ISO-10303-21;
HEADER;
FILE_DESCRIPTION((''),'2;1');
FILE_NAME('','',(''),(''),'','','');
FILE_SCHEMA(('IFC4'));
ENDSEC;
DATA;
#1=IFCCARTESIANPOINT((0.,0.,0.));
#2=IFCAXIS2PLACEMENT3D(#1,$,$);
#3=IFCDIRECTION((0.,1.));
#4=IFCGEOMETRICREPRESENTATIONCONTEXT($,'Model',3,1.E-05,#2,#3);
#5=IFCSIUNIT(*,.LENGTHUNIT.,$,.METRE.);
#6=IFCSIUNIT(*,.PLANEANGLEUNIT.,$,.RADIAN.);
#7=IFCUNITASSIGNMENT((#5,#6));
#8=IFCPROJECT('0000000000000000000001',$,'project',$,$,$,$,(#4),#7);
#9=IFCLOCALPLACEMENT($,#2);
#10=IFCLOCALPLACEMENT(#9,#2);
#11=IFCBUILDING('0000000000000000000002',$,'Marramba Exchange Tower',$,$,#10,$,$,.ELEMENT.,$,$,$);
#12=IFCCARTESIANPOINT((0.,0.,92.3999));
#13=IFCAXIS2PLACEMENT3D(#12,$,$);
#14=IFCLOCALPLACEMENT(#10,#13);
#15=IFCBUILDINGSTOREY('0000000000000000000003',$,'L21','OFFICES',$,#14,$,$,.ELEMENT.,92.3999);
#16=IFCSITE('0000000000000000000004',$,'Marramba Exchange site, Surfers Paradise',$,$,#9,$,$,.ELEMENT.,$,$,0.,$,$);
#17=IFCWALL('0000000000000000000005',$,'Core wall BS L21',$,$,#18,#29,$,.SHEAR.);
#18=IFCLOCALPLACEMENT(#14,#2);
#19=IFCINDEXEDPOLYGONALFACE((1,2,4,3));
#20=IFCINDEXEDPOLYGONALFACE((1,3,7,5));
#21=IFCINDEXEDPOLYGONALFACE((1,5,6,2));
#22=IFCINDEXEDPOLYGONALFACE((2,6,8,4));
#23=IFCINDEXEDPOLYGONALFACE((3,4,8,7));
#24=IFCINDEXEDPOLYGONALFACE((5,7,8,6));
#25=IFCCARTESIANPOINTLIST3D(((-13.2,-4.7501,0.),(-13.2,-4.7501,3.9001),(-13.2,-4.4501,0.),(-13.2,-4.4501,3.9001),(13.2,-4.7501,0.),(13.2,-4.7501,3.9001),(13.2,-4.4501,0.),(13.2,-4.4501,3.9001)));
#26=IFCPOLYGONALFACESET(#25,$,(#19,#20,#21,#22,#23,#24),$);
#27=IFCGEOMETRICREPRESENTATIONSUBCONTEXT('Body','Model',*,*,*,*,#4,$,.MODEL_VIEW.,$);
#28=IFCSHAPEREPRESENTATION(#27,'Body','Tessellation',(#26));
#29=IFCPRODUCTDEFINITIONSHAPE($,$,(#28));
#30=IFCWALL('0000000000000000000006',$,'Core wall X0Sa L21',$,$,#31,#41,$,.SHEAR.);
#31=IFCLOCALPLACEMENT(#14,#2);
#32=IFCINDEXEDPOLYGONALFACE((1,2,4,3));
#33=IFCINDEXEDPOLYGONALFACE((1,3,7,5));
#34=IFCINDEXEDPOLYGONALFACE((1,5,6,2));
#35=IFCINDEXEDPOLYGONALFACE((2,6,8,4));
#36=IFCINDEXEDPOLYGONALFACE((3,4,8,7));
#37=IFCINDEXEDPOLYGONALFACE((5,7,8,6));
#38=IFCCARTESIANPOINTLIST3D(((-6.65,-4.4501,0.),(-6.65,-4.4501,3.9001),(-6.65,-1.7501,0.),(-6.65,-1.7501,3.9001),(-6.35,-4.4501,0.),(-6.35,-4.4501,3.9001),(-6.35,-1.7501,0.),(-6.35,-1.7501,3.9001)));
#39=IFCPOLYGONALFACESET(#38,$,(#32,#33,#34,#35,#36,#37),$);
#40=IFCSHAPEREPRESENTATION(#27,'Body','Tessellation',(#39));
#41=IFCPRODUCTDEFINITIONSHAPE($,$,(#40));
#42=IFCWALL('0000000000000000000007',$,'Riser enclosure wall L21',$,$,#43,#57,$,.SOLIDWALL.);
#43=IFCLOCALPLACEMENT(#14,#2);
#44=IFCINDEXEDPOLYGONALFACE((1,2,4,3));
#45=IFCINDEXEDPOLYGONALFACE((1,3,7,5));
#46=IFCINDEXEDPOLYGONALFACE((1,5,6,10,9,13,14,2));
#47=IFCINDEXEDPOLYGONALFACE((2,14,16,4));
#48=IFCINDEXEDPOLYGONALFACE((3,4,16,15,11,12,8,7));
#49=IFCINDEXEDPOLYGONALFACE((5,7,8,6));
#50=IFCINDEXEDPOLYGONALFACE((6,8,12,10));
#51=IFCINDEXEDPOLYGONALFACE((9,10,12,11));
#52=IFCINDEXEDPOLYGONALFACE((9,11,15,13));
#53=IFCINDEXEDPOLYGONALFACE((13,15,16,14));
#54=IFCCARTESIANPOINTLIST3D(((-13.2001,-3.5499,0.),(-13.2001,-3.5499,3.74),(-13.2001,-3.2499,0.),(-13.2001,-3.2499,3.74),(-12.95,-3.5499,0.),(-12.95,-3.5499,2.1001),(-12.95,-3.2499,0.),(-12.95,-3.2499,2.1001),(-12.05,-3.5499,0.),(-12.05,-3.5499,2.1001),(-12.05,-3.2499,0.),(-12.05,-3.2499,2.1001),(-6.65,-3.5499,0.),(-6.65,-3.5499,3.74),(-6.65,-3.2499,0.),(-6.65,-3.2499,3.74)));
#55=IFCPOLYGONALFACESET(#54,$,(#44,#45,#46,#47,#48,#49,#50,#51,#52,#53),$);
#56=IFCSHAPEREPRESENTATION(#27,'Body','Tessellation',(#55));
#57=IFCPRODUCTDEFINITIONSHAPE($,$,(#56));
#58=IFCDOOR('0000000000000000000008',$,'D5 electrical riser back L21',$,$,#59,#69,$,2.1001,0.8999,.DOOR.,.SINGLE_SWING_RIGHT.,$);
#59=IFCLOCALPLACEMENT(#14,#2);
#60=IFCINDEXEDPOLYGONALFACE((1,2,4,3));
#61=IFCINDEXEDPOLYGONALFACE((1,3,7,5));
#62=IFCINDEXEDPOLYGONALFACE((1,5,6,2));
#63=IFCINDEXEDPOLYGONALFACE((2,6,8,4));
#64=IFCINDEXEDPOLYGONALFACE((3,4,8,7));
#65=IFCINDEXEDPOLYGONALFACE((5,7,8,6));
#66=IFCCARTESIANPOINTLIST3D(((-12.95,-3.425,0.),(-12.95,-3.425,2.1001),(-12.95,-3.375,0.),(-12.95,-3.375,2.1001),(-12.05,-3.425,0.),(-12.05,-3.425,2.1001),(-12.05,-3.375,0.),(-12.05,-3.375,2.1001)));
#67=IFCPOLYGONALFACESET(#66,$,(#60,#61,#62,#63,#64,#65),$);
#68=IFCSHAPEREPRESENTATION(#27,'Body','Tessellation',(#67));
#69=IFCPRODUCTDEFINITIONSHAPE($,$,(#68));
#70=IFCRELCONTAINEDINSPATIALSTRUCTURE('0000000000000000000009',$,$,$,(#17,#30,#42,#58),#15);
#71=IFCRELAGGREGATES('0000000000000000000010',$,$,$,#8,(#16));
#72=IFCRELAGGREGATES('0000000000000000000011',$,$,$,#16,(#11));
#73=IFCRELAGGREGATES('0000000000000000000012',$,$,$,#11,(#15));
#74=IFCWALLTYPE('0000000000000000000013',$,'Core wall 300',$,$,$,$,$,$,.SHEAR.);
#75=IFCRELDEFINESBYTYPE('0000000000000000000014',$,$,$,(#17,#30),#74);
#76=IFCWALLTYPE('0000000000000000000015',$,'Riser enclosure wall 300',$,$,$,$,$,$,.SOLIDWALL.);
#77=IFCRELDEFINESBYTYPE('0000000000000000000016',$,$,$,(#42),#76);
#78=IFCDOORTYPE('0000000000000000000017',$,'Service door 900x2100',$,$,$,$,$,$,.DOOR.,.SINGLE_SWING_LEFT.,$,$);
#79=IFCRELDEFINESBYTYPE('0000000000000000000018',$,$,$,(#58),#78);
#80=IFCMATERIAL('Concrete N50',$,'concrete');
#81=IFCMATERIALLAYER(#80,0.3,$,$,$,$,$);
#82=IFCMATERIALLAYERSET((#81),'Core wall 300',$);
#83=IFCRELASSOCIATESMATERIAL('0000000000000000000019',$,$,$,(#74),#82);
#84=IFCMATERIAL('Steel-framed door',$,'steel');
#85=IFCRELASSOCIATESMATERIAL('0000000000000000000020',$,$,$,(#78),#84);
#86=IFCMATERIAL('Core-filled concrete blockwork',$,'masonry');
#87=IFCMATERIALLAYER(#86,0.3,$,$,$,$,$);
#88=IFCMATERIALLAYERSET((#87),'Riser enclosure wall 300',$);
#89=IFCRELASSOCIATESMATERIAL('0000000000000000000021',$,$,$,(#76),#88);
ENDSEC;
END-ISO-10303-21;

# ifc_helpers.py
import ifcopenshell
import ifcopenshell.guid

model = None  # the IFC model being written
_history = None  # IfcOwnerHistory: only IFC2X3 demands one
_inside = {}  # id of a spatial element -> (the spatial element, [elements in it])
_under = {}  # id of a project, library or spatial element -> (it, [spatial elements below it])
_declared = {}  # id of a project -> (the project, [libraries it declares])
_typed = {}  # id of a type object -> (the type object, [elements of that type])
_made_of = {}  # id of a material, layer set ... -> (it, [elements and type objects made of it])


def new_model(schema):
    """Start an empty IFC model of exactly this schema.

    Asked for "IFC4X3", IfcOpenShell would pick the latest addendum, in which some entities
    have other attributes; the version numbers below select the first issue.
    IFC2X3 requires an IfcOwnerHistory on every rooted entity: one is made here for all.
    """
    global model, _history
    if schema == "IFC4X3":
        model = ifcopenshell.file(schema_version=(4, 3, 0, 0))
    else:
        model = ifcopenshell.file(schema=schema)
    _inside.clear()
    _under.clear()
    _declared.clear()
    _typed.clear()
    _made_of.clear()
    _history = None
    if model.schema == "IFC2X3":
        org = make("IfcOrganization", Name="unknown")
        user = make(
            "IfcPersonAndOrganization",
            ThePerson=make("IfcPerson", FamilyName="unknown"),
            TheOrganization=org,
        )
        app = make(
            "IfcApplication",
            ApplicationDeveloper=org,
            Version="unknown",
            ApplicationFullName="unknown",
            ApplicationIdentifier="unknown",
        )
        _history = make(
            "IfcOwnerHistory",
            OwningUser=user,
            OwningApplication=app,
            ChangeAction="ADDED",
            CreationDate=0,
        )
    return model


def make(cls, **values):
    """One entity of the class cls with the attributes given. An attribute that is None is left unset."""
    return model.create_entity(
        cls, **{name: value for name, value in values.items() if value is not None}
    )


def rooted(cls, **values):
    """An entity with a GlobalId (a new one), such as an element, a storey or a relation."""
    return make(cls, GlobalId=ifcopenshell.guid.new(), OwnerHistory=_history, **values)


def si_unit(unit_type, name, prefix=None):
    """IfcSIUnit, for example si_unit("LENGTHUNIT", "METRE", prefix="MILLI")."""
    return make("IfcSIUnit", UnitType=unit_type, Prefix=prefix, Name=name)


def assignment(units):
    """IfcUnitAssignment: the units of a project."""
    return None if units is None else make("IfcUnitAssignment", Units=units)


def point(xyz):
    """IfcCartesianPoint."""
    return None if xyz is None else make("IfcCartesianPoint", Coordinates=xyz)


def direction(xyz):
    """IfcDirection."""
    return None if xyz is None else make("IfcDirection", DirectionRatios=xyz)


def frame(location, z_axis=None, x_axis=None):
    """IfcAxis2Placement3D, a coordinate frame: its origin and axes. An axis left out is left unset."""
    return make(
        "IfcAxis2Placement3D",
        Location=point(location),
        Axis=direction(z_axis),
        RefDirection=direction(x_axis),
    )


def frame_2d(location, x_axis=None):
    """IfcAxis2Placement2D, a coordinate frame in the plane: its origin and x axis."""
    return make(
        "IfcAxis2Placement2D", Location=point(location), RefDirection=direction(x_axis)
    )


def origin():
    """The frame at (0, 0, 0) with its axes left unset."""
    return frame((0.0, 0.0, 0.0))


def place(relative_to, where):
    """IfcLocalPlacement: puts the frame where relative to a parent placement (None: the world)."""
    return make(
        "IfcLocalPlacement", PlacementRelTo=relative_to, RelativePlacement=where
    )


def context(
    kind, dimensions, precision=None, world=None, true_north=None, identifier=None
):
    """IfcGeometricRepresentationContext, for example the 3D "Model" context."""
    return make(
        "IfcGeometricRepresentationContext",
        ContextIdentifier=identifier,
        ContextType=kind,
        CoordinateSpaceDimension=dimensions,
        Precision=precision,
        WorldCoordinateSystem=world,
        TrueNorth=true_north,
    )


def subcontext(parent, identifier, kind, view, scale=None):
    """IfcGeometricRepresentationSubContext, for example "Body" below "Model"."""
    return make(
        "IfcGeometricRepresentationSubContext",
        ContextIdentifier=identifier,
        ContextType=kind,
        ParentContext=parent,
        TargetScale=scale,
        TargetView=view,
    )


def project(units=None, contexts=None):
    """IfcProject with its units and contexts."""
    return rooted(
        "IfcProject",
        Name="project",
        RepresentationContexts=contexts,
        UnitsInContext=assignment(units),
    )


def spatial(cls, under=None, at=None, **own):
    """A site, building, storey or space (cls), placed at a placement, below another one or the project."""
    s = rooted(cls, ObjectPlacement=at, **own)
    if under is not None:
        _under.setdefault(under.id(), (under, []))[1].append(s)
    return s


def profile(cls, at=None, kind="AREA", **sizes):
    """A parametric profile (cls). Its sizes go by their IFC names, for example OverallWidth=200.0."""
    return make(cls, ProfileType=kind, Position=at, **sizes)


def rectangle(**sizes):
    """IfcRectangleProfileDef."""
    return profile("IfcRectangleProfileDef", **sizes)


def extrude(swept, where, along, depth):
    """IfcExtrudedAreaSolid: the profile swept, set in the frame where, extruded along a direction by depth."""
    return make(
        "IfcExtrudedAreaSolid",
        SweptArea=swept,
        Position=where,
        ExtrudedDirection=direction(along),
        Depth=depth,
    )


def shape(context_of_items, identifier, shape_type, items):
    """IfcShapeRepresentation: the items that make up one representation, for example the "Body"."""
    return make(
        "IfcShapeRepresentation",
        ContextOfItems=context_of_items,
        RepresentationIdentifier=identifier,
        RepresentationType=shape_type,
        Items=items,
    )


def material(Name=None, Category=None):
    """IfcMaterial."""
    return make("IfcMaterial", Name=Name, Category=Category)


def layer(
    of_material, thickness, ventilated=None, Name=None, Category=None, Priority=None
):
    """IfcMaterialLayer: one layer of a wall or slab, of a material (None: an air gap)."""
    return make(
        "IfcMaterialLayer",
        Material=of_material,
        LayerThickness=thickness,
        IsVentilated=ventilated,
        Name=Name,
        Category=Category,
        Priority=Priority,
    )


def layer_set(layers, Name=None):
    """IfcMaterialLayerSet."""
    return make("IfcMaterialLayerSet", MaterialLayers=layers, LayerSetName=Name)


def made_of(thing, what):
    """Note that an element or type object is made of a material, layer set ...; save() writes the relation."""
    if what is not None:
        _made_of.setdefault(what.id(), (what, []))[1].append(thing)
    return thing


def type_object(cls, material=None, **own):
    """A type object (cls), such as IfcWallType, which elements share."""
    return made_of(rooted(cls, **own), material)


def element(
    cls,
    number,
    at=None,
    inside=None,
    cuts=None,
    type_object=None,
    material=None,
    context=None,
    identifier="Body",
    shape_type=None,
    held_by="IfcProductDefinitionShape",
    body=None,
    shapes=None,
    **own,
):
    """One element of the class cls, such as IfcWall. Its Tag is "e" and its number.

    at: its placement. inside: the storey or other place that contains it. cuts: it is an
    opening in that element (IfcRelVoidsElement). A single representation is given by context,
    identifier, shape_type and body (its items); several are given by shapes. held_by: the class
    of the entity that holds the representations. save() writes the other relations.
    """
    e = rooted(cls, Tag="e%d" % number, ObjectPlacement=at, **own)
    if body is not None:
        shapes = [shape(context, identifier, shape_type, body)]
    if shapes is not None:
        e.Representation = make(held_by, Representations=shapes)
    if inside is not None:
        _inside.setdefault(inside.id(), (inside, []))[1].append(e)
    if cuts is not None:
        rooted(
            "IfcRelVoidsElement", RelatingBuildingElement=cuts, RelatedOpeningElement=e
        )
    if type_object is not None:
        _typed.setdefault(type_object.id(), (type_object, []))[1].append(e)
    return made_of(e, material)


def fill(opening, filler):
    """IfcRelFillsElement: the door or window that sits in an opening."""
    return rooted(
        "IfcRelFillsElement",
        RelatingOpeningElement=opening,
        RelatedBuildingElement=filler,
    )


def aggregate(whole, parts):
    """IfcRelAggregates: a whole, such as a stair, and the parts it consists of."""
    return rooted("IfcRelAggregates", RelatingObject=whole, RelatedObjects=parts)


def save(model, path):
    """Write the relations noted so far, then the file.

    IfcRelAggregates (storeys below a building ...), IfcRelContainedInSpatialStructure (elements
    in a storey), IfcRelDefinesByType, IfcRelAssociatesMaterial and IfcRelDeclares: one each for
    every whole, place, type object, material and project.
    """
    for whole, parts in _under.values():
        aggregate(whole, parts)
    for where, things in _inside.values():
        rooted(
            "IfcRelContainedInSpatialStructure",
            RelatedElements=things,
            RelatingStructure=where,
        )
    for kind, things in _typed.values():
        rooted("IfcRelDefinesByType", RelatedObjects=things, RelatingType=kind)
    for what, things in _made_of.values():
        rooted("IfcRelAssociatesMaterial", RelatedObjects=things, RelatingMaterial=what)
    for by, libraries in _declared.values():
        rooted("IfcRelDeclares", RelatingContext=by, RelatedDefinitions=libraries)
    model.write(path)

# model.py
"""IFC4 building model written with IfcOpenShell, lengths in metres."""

from ifc_helpers import new_model, si_unit, direction, frame, frame_2d, origin, place, context, subcontext, project, spatial, rectangle, extrude, material, layer, layer_set, type_object, element, fill, save


model = new_model("IFC4")

# Units and contexts
model_context = context("Model", 3, precision=1e-05, world=origin(), true_north=direction((0.0, 1.0)))
body_context = subcontext(model_context, "Body", "Model", "MODEL_VIEW")
ifc_project = project(units=[si_unit("LENGTHUNIT", "METRE"), si_unit("PLANEANGLEUNIT", "RADIAN")], contexts=[model_context])

# Site, building, storey
site_placement = place(None, origin())
site = spatial("IfcSite", under=ifc_project, at=site_placement, Name="Marramba Exchange site, Surfers Paradise", CompositionType="ELEMENT", RefElevation=0.0)
building_placement = place(site_placement, origin())
building = spatial("IfcBuilding", under=site, at=building_placement, Name="Marramba Exchange Tower", CompositionType="ELEMENT")
storey_placement = place(building_placement, frame((0.0, 0.0, 92.3999)))
storey = spatial("IfcBuildingStorey", under=building, at=storey_placement, Name="L21", Description="OFFICES", CompositionType="ELEMENT", Elevation=92.3999)

# Shared definitions
ifc_material_1 = material(Name="Concrete N50", Category="concrete")

# Shared definitions
ifc_layer_1 = layer(ifc_material_1, 0.3)
ifc_layer_set_1 = layer_set([ifc_layer_1], Name="Core wall 300")
wall_type_1 = type_object("IfcWallType", Name="Core wall 300", PredefinedType="SHEAR", material=ifc_layer_set_1)
ifc_material_2 = material(Name="Steel-framed door", Category="steel")
door_type_1 = type_object("IfcDoorType", Name="Service door 900x2100", OperationType="SINGLE_SWING_LEFT", PredefinedType="DOOR", material=ifc_material_2)

# Walls
wall_1_placement = place(storey_placement, frame((-13.2, -4.6001, 0.0), z_axis=(0.0, 0.0, 1.0), x_axis=(1.0, 0.0, 0.0)))
element("IfcWall", 1, at=wall_1_placement, inside=storey, type_object=wall_type_1, Name="Core wall BS L21", PredefinedType="SHEAR", context=body_context, shape_type="SweptSolid", body=[
    extrude(rectangle(XDim=26.3999, YDim=0.3, at=frame_2d((13.2, 0.0))), origin(), (0.0, 0.0, 1.0), 3.9001),
])
wall_2_placement = place(storey_placement, frame((-6.5, -1.75, 0.0), z_axis=(0.0, 0.0, 1.0), x_axis=(0.0, -1.0, 0.0)))
element("IfcWall", 2, at=wall_2_placement, inside=storey, type_object=wall_type_1, Name="Core wall X0Sa L21", PredefinedType="SHEAR", context=body_context, shape_type="SweptSolid", body=[
    extrude(rectangle(XDim=2.7, YDim=0.3, at=frame_2d((1.3501, 0.0))), origin(), (0.0, 0.0, 1.0), 3.9001),
])

# Wall, opening, door
ifc_material_3 = material(Name="Core-filled concrete blockwork", Category="masonry")
ifc_layer_2 = layer(ifc_material_3, 0.3)
ifc_layer_set_2 = layer_set([ifc_layer_2], Name="Riser enclosure wall 300")
wall_type_2 = type_object("IfcWallType", Name="Riser enclosure wall 300", PredefinedType="SOLIDWALL", material=ifc_layer_set_2)
wall_3_placement = place(storey_placement, frame((-13.2, -3.3999, 0.0), z_axis=(0.0, 0.0, 1.0), x_axis=(1.0, 0.0, 0.0)))
wall_3 = element("IfcWall", 3, at=wall_3_placement, inside=storey, type_object=wall_type_2, Name="Riser enclosure wall L21", PredefinedType="SOLIDWALL", context=body_context, shape_type="SweptSolid", body=[
    extrude(rectangle(XDim=6.55, YDim=0.3, at=frame_2d((3.2749, 0.0))), origin(), (0.0, 0.0, 1.0), 3.74),
])
opening_1_placement = place(wall_3_placement, frame((0.25, 0.0, 0.0)))
opening_1 = element("IfcOpeningElement", 4, at=opening_1_placement, cuts=wall_3, PredefinedType="OPENING", context=body_context, shape_type="SweptSolid", body=[
    extrude(rectangle(XDim=0.8999, YDim=2.1001, at=frame_2d((0.45, 1.05))), frame((0.0, 0.1599, 0.0), z_axis=(0.0, -1.0, 0.0), x_axis=(1.0, 0.0, 0.0)), (0.0, 0.0, 1.0), 0.3201),
])
door_1_placement = place(opening_1_placement, frame((0.8999, 0.0, 0.0), z_axis=(0.0, 0.0, 1.0), x_axis=(-1.0, 0.0, 0.0)))
door_1 = element("IfcDoor", 5, at=door_1_placement, inside=storey, type_object=door_type_1, Name="D5 electrical riser back L21", OperationType="SINGLE_SWING_RIGHT", OverallHeight=2.1001, OverallWidth=0.8999, PredefinedType="DOOR", context=body_context, shape_type="SweptSolid", body=[
    extrude(rectangle(XDim=0.8999, YDim=2.1001, at=frame_2d((0.45, 1.05))), frame((0.0, 0.0251, 0.0), z_axis=(0.0, -1.0, 0.0), x_axis=(1.0, 0.0, 0.0)), (0.0, 0.0, 1.0), 0.05),
])
fill(opening_1, door_1)

save(model, "model.ifc")
